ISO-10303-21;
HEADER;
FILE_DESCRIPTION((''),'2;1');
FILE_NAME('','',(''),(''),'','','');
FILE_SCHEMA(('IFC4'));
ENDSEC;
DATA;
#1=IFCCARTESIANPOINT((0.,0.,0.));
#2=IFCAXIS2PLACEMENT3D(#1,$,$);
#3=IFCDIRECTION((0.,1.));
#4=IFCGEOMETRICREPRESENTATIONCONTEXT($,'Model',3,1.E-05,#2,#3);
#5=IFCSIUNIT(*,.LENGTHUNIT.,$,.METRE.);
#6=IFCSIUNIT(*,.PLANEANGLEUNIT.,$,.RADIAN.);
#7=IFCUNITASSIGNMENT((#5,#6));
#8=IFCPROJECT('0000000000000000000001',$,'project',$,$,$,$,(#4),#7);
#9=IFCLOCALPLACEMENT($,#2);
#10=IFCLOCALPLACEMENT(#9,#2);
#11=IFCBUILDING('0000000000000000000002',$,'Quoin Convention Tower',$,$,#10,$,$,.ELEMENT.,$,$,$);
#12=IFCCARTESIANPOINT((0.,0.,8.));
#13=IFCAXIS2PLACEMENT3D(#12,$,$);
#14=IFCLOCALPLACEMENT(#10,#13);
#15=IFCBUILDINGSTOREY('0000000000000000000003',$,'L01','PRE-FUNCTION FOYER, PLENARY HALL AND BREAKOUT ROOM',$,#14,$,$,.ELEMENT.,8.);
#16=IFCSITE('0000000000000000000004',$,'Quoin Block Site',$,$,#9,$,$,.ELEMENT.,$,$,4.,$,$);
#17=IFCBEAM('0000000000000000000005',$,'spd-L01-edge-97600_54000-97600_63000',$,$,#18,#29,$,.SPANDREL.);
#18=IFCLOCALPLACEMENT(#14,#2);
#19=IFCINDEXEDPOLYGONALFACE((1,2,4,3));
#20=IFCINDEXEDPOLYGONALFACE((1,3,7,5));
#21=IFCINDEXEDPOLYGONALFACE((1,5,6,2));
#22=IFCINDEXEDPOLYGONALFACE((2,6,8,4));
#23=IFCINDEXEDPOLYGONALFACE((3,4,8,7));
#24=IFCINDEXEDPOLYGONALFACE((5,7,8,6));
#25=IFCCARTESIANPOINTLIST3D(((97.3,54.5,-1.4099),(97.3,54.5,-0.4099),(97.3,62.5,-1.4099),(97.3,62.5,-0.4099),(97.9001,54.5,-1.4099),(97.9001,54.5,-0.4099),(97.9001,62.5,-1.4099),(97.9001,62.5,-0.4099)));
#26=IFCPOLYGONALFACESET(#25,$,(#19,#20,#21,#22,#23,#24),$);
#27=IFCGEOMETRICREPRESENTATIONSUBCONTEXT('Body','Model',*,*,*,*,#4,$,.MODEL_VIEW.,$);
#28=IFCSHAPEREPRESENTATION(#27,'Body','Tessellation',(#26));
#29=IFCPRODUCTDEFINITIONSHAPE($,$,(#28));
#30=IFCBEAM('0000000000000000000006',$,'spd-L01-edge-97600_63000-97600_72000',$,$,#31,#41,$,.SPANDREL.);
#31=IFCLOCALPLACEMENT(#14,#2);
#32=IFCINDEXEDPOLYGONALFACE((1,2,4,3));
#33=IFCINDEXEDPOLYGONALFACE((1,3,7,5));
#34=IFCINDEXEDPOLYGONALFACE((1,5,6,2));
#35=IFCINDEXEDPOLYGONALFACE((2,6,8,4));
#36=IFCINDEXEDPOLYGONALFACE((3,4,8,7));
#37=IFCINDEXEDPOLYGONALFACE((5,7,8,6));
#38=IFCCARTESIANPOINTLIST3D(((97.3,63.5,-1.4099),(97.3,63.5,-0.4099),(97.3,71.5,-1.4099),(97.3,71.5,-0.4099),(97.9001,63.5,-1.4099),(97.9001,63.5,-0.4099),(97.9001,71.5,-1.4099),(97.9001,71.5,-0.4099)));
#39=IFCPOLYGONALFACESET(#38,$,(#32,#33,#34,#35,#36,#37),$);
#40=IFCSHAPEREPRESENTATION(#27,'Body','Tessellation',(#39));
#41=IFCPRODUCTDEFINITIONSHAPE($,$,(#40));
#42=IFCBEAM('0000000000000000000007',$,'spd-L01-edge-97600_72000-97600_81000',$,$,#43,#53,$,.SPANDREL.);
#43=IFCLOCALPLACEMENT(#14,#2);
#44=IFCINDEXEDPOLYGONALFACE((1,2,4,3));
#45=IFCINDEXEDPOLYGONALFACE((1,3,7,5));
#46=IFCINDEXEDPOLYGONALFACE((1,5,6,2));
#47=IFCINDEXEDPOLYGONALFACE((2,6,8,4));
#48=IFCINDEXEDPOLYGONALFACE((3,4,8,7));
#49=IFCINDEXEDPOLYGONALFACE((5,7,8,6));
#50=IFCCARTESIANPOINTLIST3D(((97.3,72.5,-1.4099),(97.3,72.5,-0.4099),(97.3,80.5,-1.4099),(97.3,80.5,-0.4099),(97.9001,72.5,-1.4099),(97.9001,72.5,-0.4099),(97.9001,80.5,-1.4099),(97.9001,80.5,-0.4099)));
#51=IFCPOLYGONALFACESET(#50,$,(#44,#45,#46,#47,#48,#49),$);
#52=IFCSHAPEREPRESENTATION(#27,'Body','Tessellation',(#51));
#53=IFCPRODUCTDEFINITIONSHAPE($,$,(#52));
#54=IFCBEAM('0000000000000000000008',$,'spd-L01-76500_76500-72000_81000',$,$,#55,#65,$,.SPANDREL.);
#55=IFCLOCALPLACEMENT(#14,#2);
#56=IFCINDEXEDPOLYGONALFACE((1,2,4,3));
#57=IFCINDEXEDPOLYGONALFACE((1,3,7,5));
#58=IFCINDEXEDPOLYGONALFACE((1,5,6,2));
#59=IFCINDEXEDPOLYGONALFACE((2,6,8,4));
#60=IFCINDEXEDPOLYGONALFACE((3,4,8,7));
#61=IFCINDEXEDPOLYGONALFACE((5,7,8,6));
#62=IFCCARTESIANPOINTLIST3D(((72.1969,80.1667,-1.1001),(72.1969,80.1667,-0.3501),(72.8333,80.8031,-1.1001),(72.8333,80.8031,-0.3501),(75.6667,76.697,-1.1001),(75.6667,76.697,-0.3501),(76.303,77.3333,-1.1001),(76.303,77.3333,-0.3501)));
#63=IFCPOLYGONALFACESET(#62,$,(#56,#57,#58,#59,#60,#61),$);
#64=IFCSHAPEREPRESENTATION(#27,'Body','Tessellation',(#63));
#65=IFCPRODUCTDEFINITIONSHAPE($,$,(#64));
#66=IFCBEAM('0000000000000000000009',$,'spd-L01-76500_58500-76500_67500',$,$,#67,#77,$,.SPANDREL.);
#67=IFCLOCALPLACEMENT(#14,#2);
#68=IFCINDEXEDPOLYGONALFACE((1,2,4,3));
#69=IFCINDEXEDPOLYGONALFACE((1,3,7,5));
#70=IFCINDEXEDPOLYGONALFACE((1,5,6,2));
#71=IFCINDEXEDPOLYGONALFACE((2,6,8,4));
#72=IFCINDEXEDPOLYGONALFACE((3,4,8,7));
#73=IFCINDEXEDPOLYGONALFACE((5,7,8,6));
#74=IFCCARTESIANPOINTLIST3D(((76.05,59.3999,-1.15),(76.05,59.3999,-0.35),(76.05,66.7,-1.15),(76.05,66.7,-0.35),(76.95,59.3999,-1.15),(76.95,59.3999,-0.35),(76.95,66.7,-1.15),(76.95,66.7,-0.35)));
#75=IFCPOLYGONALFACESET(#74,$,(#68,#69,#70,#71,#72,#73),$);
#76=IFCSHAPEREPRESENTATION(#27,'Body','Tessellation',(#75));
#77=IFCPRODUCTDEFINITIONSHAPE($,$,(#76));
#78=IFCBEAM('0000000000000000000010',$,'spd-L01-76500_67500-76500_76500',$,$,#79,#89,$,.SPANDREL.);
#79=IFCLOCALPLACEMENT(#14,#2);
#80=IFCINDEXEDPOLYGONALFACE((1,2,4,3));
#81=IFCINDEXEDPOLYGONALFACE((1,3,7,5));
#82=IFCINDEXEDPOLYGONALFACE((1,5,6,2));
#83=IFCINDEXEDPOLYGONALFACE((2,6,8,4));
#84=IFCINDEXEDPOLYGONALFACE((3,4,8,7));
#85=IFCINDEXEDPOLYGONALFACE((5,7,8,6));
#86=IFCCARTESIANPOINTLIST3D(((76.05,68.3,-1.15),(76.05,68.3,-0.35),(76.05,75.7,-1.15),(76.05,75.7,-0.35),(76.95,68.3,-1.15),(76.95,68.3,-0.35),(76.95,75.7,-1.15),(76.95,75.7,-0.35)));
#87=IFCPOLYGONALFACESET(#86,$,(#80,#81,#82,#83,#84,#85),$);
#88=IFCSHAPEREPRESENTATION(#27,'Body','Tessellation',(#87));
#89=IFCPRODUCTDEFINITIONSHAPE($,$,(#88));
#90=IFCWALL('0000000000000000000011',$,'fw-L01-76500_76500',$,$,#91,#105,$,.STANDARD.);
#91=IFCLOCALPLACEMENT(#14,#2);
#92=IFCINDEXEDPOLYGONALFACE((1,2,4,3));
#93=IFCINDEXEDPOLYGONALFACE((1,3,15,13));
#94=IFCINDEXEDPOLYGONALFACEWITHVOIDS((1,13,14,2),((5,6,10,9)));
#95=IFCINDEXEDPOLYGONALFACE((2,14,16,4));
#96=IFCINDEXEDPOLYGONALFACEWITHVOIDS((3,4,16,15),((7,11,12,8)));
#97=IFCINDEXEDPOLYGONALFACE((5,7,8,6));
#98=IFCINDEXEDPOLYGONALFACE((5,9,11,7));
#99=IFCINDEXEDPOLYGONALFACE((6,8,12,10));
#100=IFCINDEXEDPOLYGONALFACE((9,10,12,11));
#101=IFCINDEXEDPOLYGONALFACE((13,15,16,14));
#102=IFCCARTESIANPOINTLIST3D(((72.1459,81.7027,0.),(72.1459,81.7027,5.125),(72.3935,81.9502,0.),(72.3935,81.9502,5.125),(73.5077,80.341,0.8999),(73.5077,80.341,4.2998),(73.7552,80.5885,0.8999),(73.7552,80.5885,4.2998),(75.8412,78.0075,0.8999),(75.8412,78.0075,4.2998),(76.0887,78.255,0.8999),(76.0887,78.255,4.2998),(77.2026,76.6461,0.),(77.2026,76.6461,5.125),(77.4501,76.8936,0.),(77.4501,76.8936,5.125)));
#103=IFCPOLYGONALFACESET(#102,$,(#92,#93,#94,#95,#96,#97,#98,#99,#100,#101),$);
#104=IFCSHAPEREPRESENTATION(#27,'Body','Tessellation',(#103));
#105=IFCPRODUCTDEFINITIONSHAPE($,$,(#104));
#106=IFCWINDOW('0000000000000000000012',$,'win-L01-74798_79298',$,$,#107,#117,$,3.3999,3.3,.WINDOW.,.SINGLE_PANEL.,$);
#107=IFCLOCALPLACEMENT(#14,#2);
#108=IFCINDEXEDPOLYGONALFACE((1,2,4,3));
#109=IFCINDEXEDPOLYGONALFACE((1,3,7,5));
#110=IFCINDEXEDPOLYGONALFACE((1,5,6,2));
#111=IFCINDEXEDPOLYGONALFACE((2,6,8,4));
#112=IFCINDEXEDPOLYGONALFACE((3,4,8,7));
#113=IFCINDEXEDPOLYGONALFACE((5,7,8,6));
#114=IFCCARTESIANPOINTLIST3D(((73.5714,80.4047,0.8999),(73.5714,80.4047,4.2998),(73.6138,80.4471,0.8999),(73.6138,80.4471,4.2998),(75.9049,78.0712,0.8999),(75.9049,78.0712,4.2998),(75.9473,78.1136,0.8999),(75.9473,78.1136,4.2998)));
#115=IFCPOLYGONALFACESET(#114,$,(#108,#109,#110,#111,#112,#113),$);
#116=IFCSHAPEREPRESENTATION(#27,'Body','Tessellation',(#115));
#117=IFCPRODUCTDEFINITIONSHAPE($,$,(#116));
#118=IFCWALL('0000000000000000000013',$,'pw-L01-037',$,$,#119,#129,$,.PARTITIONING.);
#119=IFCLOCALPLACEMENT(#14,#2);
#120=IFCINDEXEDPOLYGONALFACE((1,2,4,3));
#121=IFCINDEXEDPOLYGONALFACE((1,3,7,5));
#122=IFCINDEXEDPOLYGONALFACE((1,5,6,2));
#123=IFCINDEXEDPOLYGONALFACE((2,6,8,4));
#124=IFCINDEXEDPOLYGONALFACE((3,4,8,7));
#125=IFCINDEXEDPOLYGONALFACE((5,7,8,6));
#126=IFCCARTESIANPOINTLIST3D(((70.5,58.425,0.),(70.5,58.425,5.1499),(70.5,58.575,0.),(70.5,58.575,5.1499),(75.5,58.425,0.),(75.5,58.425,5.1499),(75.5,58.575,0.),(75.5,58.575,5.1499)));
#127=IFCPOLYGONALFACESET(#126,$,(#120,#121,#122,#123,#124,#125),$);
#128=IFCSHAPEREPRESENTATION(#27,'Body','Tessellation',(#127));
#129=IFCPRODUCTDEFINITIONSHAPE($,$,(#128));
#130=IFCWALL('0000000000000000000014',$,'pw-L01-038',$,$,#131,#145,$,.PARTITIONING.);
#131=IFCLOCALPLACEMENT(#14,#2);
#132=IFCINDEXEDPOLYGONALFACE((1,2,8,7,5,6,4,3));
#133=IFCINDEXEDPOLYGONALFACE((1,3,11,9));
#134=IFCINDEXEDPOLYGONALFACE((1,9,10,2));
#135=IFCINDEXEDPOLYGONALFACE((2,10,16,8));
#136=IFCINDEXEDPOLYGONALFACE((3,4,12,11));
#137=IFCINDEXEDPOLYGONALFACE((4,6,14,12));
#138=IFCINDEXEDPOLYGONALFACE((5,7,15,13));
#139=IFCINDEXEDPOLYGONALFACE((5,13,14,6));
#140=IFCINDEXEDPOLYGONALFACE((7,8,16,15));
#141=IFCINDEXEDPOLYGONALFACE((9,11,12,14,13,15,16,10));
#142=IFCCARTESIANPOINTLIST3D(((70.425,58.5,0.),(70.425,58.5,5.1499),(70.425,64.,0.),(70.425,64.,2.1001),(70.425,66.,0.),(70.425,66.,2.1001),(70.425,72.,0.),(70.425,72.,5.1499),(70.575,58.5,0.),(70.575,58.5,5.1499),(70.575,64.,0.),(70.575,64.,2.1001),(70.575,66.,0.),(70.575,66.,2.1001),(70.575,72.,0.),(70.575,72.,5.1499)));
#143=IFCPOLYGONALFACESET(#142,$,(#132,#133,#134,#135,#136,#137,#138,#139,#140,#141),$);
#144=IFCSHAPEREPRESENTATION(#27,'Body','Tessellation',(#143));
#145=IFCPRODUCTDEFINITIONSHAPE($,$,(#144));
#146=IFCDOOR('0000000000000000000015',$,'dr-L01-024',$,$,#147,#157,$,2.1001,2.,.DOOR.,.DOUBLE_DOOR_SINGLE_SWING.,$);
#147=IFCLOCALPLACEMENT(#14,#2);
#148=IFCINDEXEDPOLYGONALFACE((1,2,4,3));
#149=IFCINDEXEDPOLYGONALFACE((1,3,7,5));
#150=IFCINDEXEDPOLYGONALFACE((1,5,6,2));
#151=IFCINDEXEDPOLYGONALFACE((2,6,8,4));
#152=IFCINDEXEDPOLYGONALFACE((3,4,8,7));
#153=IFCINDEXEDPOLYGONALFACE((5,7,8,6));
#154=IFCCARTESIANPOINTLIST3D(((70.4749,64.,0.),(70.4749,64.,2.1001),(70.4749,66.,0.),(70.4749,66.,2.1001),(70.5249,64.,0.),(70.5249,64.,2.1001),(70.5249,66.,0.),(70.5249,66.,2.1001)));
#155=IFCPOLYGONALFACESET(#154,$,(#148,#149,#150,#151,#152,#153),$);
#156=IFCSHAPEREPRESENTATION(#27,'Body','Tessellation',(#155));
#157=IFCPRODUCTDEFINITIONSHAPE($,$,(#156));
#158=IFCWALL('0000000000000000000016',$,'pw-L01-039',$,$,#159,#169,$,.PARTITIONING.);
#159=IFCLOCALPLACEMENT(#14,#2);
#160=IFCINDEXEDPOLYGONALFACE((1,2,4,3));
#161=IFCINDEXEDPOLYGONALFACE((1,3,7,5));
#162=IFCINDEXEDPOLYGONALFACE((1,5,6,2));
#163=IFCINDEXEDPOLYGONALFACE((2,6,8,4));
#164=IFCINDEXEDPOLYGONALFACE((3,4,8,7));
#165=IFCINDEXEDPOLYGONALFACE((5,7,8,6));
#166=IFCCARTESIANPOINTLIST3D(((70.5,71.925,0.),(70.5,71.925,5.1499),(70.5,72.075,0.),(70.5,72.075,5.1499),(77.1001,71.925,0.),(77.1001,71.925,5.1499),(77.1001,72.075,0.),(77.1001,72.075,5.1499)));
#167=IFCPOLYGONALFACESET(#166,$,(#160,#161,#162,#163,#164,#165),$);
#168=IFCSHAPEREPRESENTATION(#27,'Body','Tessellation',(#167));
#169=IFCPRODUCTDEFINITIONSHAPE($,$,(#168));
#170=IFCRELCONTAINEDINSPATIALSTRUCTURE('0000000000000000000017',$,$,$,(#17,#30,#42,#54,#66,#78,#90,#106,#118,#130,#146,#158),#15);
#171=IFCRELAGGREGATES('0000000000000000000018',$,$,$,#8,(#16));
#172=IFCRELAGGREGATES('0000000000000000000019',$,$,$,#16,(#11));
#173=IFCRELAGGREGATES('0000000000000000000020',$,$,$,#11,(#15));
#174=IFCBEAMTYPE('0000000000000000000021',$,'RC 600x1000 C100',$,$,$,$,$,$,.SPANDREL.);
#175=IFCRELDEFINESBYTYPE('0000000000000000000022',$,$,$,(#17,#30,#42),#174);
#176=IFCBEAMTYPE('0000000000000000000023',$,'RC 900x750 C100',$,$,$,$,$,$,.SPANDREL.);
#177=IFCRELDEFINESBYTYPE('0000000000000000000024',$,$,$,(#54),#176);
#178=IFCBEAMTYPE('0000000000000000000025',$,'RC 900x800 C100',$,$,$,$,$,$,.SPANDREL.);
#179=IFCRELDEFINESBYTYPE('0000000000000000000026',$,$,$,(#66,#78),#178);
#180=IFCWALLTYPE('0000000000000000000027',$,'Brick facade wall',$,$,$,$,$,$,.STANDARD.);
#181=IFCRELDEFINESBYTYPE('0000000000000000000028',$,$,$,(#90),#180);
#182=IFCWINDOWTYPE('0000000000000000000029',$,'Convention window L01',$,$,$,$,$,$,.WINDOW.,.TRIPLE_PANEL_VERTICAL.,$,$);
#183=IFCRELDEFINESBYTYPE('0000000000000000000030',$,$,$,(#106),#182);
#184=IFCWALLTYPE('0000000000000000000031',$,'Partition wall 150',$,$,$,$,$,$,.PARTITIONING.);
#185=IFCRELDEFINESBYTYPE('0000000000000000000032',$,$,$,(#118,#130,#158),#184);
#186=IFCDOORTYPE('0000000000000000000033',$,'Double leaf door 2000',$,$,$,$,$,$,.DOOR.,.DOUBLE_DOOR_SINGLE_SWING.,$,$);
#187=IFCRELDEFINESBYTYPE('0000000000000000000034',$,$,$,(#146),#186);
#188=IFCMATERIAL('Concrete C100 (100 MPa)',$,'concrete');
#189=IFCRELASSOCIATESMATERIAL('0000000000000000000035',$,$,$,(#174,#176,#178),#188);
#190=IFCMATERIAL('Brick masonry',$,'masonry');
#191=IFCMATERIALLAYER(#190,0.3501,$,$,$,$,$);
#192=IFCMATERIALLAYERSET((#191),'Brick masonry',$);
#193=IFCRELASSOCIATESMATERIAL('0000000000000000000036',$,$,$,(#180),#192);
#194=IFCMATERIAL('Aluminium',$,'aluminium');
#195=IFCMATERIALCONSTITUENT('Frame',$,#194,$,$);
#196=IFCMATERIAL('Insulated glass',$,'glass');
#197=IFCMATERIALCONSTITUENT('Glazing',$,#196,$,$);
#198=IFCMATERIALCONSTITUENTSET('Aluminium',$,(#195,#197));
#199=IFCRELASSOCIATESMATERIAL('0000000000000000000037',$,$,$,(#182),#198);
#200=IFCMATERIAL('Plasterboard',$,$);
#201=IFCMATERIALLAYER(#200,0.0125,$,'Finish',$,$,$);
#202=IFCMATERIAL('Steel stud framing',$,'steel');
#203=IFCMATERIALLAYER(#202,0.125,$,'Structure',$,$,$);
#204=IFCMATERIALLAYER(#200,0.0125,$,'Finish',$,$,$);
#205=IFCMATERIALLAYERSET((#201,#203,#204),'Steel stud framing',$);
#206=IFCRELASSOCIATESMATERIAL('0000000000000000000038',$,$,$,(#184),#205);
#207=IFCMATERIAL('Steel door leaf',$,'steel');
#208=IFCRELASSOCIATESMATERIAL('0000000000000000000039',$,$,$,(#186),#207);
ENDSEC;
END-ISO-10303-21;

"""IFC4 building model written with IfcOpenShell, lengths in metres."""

from ifc_helpers import new_model, si_unit, direction, frame, frame_2d, origin, origin_2d, place, context, subcontext, project, spatial, rectangle, extrude, material, layer, layer_set, constituent, constituent_set, material_profile, profile_set, type_object, element, fill, save


model = new_model("IFC4")

# Units and contexts
model_context = context("Model", 3, precision=1e-05, world=origin(), true_north=direction((0.0, 1.0)))
body_context = subcontext(model_context, "Body", "Model", "MODEL_VIEW")
ifc_project = project(units=[si_unit("LENGTHUNIT", "METRE"), si_unit("PLANEANGLEUNIT", "RADIAN")], contexts=[model_context])

# Site, building, storey
site_placement = place(None, origin())
site = spatial("IfcSite", under=ifc_project, at=site_placement, Name="Quoin Block Site", CompositionType="ELEMENT", RefElevation=4.0)
building_placement = place(site_placement, origin())
building = spatial("IfcBuilding", under=site, at=building_placement, Name="Quoin Convention Tower", CompositionType="ELEMENT")
storey_placement = place(building_placement, frame((0.0, 0.0, 8.0)))
storey = spatial("IfcBuildingStorey", under=building, at=storey_placement, Name="L01", Description="PRE-FUNCTION FOYER, PLENARY HALL AND BREAKOUT ROOM", CompositionType="ELEMENT", Elevation=8.0)

# Shared definitions
ifc_material_1 = material(Name="Concrete C100 (100 MPa)", Category="concrete")

# Beams
ifc_material_profile_1 = material_profile(ifc_material_1, rectangle(XDim=0.6001, YDim=1.0, at=origin_2d()), Name="RC 600x1000")
ifc_profile_set_1 = profile_set([ifc_material_profile_1], Name="Concrete C100 (100 MPa)")
beam_type_1 = type_object("IfcBeamType", Name="RC 600x1000 C100", PredefinedType="SPANDREL", material=ifc_profile_set_1)
for number, where, z_axis, x_axis, name in (
    (1, (97.6001, 54.5, -0.9099), (0.0, 1.0, 0.0), (-1.0, 0.0, 0.0), "spd-L01-edge-97600_54000-97600_63000"),
    (2, (97.6001, 63.5, -0.9099), (0.0, 1.0, 0.0), (-1.0, 0.0, 0.0), "spd-L01-edge-97600_63000-97600_72000"),
    (3, (97.6001, 72.5, -0.9099), (0.0, 1.0, 0.0), (-1.0, 0.0, 0.0), "spd-L01-edge-97600_72000-97600_81000"),
):
    element("IfcBeam", number, at=place(storey_placement, frame(where, z_axis=z_axis, x_axis=x_axis)), inside=storey, type_object=beam_type_1, Name=name, PredefinedType="SPANDREL", context=body_context, shape_type="SweptSolid", body=[
        extrude(rectangle(XDim=0.6001, YDim=1.0, at=origin_2d()), origin(), (0.0, 0.0, 1.0), 8.0),
    ])
ifc_material_profile_2 = material_profile(ifc_material_1, rectangle(XDim=0.8999, YDim=0.75, at=origin_2d()), Name="RC 900x750")
ifc_profile_set_2 = profile_set([ifc_material_profile_2], Name="Concrete C100 (100 MPa)")
beam_type_2 = type_object("IfcBeamType", Name="RC 900x750 C100", PredefinedType="SPANDREL", material=ifc_profile_set_2)
beam_1_placement = place(storey_placement, frame((75.9849, 77.0151, -0.7251), z_axis=(-0.707107, 0.707107, 0.0), x_axis=(-0.707107, -0.707107, 0.0)))
element("IfcBeam", 4, at=beam_1_placement, inside=storey, type_object=beam_type_2, Name="spd-L01-76500_76500-72000_81000", PredefinedType="SPANDREL", context=body_context, shape_type="SweptSolid", body=[
    extrude(rectangle(XDim=0.8999, YDim=0.75, at=origin_2d()), origin(), (0.0, 0.0, 1.0), 4.907),
])
ifc_material_profile_3 = material_profile(ifc_material_1, rectangle(XDim=0.8999, YDim=0.8, at=origin_2d()), Name="RC 900x800")
ifc_profile_set_3 = profile_set([ifc_material_profile_3], Name="Concrete C100 (100 MPa)")
beam_type_3 = type_object("IfcBeamType", Name="RC 900x800 C100", PredefinedType="SPANDREL", material=ifc_profile_set_3)
beam_2_placement = place(storey_placement, frame((76.5, 59.3999, -0.75), z_axis=(0.0, 1.0, 0.0), x_axis=(-1.0, 0.0, 0.0)))
element("IfcBeam", 5, at=beam_2_placement, inside=storey, type_object=beam_type_3, Name="spd-L01-76500_58500-76500_67500", PredefinedType="SPANDREL", context=body_context, shape_type="SweptSolid", body=[
    extrude(rectangle(XDim=0.8999, YDim=0.8, at=origin_2d()), origin(), (0.0, 0.0, 1.0), 7.3),
])
beam_3_placement = place(storey_placement, frame((76.5, 68.3, -0.75), z_axis=(0.0, 1.0, 0.0), x_axis=(-1.0, 0.0, 0.0)))
element("IfcBeam", 6, at=beam_3_placement, inside=storey, type_object=beam_type_3, Name="spd-L01-76500_67500-76500_76500", PredefinedType="SPANDREL", context=body_context, shape_type="SweptSolid", body=[
    extrude(rectangle(XDim=0.8999, YDim=0.8, at=origin_2d()), origin(), (0.0, 0.0, 1.0), 7.3999),
])

# Wall, opening, window
ifc_material_2 = material(Name="Brick masonry", Category="masonry")
ifc_layer_1 = layer(ifc_material_2, 0.3501)
ifc_layer_set_1 = layer_set([ifc_layer_1], Name="Brick masonry")
wall_type_1 = type_object("IfcWallType", Name="Brick facade wall", PredefinedType="STANDARD", material=ifc_layer_set_1)
wall_1_placement = place(storey_placement, frame((77.3264, 76.7698, 0.0), z_axis=(0.0, 0.0, 1.0), x_axis=(-0.707107, 0.707107, 0.0)))
wall_1 = element("IfcWall", 7, at=wall_1_placement, inside=storey, type_object=wall_type_1, Name="fw-L01-76500_76500", PredefinedType="STANDARD", context=body_context, shape_type="SweptSolid", body=[
    extrude(rectangle(XDim=7.1511, YDim=0.3501, at=frame_2d((3.5757, 0.0))), origin(), (0.0, 0.0, 1.0), 5.125),
])
opening_1_placement = place(wall_1_placement, frame((1.9255, 0.0, 0.8999)))
opening_1 = element("IfcOpeningElement", 8, at=opening_1_placement, cuts=wall_1, PredefinedType="OPENING", context=body_context, shape_type="SweptSolid", body=[
    extrude(rectangle(XDim=3.3, YDim=3.3999, at=frame_2d((1.6499, 1.7))), frame((0.0, 0.1851, 0.0), z_axis=(0.0, -1.0, 0.0), x_axis=(1.0, 0.0, 0.0)), (0.0, 0.0, 1.0), 0.3701),
])
ifc_material_3 = material(Name="Aluminium", Category="aluminium")
ifc_constituent_1 = constituent(ifc_material_3, Name="Frame")
ifc_material_4 = material(Name="Insulated glass", Category="glass")
ifc_constituent_2 = constituent(ifc_material_4, Name="Glazing")
ifc_constituent_set = constituent_set(constituents=[ifc_constituent_1, ifc_constituent_2], Name="Aluminium")
window_type = type_object("IfcWindowType", Name="Convention window L01", PartitioningType="TRIPLE_PANEL_VERTICAL", PredefinedType="WINDOW", material=ifc_constituent_set)
window_placement = place(opening_1_placement, origin())
window = element("IfcWindow", 9, at=window_placement, inside=storey, type_object=window_type, Name="win-L01-74798_79298", OverallHeight=3.3999, OverallWidth=3.3, PartitioningType="SINGLE_PANEL", PredefinedType="WINDOW", context=body_context, shape_type="SweptSolid", body=[
    extrude(rectangle(XDim=3.3, YDim=3.3999, at=frame_2d((1.6499, 1.7))), frame((0.0, 0.085, 0.0), z_axis=(0.0, -1.0, 0.0), x_axis=(1.0, 0.0, 0.0)), (0.0, 0.0, 1.0), 0.0601),
])
fill(opening_1, window)

# Wall
ifc_material_5 = material(Name="Plasterboard")
ifc_layer_2 = layer(ifc_material_5, 0.0125, Name="Finish")
ifc_material_6 = material(Name="Steel stud framing", Category="steel")
ifc_layer_3 = layer(ifc_material_6, 0.125, Name="Structure")
ifc_layer_4 = layer(ifc_material_5, 0.0125, Name="Finish")
ifc_layer_set_2 = layer_set([ifc_layer_2, ifc_layer_3, ifc_layer_4], Name="Steel stud framing")
wall_type_2 = type_object("IfcWallType", Name="Partition wall 150", PredefinedType="PARTITIONING", material=ifc_layer_set_2)
wall_2_placement = place(storey_placement, frame((70.5, 58.5, 0.0), z_axis=(0.0, 0.0, 1.0), x_axis=(1.0, 0.0, 0.0)))
element("IfcWall", 10, at=wall_2_placement, inside=storey, type_object=wall_type_2, Name="pw-L01-037", PredefinedType="PARTITIONING", context=body_context, shape_type="SweptSolid", body=[
    extrude(rectangle(XDim=5.0, YDim=0.1499, at=frame_2d((2.5, 0.0))), origin(), (0.0, 0.0, 1.0), 5.1499),
])

# Wall, opening, door
wall_3_placement = place(storey_placement, frame((70.5, 58.5, 0.0), z_axis=(0.0, 0.0, 1.0), x_axis=(0.0, 1.0, 0.0)))
wall_3 = element("IfcWall", 11, at=wall_3_placement, inside=storey, type_object=wall_type_2, Name="pw-L01-038", PredefinedType="PARTITIONING", context=body_context, shape_type="SweptSolid", body=[
    extrude(rectangle(XDim=13.5, YDim=0.1499, at=frame_2d((6.75, 0.0))), origin(), (0.0, 0.0, 1.0), 5.1499),
])
opening_2_placement = place(wall_3_placement, frame((5.5, 0.0, 0.0)))
opening_2 = element("IfcOpeningElement", 12, at=opening_2_placement, cuts=wall_3, PredefinedType="OPENING", context=body_context, shape_type="SweptSolid", body=[
    extrude(rectangle(XDim=2.0, YDim=2.1001, at=frame_2d((1.0, 1.05))), frame((0.0, 0.085, 0.0), z_axis=(0.0, -1.0, 0.0), x_axis=(1.0, 0.0, 0.0)), (0.0, 0.0, 1.0), 0.1699),
])
ifc_material_7 = material(Name="Steel door leaf", Category="steel")
door_type_1 = type_object("IfcDoorType", Name="Double leaf door 2000", OperationType="DOUBLE_DOOR_SINGLE_SWING", PredefinedType="DOOR", material=ifc_material_7)
door_1_placement = place(opening_2_placement, frame((2.0, 0.0, 0.0), z_axis=(0.0, 0.0, 1.0), x_axis=(-1.0, 0.0, 0.0)))
door_1 = element("IfcDoor", 13, at=door_1_placement, inside=storey, type_object=door_type_1, Name="dr-L01-024", OperationType="DOUBLE_DOOR_SINGLE_SWING", OverallHeight=2.1001, OverallWidth=2.0, PredefinedType="DOOR", context=body_context, shape_type="SweptSolid", body=[
    extrude(rectangle(XDim=2.0, YDim=2.1001, at=frame_2d((1.0, 1.05))), frame((0.0, 0.0249, 0.0), z_axis=(0.0, -1.0, 0.0), x_axis=(1.0, 0.0, 0.0)), (0.0, 0.0, 1.0), 0.05),
])
fill(opening_2, door_1)

# Wall
wall_4_placement = place(storey_placement, frame((70.5, 72.0, 0.0), z_axis=(0.0, 0.0, 1.0), x_axis=(1.0, 0.0, 0.0)))
element("IfcWall", 14, at=wall_4_placement, inside=storey, type_object=wall_type_2, Name="pw-L01-039", PredefinedType="PARTITIONING", context=body_context, shape_type="SweptSolid", body=[
    extrude(rectangle(XDim=6.6001, YDim=0.1499, at=frame_2d((3.3, 0.0))), origin(), (0.0, 0.0, 1.0), 5.1499),
])

save(model, "model.ifc")
